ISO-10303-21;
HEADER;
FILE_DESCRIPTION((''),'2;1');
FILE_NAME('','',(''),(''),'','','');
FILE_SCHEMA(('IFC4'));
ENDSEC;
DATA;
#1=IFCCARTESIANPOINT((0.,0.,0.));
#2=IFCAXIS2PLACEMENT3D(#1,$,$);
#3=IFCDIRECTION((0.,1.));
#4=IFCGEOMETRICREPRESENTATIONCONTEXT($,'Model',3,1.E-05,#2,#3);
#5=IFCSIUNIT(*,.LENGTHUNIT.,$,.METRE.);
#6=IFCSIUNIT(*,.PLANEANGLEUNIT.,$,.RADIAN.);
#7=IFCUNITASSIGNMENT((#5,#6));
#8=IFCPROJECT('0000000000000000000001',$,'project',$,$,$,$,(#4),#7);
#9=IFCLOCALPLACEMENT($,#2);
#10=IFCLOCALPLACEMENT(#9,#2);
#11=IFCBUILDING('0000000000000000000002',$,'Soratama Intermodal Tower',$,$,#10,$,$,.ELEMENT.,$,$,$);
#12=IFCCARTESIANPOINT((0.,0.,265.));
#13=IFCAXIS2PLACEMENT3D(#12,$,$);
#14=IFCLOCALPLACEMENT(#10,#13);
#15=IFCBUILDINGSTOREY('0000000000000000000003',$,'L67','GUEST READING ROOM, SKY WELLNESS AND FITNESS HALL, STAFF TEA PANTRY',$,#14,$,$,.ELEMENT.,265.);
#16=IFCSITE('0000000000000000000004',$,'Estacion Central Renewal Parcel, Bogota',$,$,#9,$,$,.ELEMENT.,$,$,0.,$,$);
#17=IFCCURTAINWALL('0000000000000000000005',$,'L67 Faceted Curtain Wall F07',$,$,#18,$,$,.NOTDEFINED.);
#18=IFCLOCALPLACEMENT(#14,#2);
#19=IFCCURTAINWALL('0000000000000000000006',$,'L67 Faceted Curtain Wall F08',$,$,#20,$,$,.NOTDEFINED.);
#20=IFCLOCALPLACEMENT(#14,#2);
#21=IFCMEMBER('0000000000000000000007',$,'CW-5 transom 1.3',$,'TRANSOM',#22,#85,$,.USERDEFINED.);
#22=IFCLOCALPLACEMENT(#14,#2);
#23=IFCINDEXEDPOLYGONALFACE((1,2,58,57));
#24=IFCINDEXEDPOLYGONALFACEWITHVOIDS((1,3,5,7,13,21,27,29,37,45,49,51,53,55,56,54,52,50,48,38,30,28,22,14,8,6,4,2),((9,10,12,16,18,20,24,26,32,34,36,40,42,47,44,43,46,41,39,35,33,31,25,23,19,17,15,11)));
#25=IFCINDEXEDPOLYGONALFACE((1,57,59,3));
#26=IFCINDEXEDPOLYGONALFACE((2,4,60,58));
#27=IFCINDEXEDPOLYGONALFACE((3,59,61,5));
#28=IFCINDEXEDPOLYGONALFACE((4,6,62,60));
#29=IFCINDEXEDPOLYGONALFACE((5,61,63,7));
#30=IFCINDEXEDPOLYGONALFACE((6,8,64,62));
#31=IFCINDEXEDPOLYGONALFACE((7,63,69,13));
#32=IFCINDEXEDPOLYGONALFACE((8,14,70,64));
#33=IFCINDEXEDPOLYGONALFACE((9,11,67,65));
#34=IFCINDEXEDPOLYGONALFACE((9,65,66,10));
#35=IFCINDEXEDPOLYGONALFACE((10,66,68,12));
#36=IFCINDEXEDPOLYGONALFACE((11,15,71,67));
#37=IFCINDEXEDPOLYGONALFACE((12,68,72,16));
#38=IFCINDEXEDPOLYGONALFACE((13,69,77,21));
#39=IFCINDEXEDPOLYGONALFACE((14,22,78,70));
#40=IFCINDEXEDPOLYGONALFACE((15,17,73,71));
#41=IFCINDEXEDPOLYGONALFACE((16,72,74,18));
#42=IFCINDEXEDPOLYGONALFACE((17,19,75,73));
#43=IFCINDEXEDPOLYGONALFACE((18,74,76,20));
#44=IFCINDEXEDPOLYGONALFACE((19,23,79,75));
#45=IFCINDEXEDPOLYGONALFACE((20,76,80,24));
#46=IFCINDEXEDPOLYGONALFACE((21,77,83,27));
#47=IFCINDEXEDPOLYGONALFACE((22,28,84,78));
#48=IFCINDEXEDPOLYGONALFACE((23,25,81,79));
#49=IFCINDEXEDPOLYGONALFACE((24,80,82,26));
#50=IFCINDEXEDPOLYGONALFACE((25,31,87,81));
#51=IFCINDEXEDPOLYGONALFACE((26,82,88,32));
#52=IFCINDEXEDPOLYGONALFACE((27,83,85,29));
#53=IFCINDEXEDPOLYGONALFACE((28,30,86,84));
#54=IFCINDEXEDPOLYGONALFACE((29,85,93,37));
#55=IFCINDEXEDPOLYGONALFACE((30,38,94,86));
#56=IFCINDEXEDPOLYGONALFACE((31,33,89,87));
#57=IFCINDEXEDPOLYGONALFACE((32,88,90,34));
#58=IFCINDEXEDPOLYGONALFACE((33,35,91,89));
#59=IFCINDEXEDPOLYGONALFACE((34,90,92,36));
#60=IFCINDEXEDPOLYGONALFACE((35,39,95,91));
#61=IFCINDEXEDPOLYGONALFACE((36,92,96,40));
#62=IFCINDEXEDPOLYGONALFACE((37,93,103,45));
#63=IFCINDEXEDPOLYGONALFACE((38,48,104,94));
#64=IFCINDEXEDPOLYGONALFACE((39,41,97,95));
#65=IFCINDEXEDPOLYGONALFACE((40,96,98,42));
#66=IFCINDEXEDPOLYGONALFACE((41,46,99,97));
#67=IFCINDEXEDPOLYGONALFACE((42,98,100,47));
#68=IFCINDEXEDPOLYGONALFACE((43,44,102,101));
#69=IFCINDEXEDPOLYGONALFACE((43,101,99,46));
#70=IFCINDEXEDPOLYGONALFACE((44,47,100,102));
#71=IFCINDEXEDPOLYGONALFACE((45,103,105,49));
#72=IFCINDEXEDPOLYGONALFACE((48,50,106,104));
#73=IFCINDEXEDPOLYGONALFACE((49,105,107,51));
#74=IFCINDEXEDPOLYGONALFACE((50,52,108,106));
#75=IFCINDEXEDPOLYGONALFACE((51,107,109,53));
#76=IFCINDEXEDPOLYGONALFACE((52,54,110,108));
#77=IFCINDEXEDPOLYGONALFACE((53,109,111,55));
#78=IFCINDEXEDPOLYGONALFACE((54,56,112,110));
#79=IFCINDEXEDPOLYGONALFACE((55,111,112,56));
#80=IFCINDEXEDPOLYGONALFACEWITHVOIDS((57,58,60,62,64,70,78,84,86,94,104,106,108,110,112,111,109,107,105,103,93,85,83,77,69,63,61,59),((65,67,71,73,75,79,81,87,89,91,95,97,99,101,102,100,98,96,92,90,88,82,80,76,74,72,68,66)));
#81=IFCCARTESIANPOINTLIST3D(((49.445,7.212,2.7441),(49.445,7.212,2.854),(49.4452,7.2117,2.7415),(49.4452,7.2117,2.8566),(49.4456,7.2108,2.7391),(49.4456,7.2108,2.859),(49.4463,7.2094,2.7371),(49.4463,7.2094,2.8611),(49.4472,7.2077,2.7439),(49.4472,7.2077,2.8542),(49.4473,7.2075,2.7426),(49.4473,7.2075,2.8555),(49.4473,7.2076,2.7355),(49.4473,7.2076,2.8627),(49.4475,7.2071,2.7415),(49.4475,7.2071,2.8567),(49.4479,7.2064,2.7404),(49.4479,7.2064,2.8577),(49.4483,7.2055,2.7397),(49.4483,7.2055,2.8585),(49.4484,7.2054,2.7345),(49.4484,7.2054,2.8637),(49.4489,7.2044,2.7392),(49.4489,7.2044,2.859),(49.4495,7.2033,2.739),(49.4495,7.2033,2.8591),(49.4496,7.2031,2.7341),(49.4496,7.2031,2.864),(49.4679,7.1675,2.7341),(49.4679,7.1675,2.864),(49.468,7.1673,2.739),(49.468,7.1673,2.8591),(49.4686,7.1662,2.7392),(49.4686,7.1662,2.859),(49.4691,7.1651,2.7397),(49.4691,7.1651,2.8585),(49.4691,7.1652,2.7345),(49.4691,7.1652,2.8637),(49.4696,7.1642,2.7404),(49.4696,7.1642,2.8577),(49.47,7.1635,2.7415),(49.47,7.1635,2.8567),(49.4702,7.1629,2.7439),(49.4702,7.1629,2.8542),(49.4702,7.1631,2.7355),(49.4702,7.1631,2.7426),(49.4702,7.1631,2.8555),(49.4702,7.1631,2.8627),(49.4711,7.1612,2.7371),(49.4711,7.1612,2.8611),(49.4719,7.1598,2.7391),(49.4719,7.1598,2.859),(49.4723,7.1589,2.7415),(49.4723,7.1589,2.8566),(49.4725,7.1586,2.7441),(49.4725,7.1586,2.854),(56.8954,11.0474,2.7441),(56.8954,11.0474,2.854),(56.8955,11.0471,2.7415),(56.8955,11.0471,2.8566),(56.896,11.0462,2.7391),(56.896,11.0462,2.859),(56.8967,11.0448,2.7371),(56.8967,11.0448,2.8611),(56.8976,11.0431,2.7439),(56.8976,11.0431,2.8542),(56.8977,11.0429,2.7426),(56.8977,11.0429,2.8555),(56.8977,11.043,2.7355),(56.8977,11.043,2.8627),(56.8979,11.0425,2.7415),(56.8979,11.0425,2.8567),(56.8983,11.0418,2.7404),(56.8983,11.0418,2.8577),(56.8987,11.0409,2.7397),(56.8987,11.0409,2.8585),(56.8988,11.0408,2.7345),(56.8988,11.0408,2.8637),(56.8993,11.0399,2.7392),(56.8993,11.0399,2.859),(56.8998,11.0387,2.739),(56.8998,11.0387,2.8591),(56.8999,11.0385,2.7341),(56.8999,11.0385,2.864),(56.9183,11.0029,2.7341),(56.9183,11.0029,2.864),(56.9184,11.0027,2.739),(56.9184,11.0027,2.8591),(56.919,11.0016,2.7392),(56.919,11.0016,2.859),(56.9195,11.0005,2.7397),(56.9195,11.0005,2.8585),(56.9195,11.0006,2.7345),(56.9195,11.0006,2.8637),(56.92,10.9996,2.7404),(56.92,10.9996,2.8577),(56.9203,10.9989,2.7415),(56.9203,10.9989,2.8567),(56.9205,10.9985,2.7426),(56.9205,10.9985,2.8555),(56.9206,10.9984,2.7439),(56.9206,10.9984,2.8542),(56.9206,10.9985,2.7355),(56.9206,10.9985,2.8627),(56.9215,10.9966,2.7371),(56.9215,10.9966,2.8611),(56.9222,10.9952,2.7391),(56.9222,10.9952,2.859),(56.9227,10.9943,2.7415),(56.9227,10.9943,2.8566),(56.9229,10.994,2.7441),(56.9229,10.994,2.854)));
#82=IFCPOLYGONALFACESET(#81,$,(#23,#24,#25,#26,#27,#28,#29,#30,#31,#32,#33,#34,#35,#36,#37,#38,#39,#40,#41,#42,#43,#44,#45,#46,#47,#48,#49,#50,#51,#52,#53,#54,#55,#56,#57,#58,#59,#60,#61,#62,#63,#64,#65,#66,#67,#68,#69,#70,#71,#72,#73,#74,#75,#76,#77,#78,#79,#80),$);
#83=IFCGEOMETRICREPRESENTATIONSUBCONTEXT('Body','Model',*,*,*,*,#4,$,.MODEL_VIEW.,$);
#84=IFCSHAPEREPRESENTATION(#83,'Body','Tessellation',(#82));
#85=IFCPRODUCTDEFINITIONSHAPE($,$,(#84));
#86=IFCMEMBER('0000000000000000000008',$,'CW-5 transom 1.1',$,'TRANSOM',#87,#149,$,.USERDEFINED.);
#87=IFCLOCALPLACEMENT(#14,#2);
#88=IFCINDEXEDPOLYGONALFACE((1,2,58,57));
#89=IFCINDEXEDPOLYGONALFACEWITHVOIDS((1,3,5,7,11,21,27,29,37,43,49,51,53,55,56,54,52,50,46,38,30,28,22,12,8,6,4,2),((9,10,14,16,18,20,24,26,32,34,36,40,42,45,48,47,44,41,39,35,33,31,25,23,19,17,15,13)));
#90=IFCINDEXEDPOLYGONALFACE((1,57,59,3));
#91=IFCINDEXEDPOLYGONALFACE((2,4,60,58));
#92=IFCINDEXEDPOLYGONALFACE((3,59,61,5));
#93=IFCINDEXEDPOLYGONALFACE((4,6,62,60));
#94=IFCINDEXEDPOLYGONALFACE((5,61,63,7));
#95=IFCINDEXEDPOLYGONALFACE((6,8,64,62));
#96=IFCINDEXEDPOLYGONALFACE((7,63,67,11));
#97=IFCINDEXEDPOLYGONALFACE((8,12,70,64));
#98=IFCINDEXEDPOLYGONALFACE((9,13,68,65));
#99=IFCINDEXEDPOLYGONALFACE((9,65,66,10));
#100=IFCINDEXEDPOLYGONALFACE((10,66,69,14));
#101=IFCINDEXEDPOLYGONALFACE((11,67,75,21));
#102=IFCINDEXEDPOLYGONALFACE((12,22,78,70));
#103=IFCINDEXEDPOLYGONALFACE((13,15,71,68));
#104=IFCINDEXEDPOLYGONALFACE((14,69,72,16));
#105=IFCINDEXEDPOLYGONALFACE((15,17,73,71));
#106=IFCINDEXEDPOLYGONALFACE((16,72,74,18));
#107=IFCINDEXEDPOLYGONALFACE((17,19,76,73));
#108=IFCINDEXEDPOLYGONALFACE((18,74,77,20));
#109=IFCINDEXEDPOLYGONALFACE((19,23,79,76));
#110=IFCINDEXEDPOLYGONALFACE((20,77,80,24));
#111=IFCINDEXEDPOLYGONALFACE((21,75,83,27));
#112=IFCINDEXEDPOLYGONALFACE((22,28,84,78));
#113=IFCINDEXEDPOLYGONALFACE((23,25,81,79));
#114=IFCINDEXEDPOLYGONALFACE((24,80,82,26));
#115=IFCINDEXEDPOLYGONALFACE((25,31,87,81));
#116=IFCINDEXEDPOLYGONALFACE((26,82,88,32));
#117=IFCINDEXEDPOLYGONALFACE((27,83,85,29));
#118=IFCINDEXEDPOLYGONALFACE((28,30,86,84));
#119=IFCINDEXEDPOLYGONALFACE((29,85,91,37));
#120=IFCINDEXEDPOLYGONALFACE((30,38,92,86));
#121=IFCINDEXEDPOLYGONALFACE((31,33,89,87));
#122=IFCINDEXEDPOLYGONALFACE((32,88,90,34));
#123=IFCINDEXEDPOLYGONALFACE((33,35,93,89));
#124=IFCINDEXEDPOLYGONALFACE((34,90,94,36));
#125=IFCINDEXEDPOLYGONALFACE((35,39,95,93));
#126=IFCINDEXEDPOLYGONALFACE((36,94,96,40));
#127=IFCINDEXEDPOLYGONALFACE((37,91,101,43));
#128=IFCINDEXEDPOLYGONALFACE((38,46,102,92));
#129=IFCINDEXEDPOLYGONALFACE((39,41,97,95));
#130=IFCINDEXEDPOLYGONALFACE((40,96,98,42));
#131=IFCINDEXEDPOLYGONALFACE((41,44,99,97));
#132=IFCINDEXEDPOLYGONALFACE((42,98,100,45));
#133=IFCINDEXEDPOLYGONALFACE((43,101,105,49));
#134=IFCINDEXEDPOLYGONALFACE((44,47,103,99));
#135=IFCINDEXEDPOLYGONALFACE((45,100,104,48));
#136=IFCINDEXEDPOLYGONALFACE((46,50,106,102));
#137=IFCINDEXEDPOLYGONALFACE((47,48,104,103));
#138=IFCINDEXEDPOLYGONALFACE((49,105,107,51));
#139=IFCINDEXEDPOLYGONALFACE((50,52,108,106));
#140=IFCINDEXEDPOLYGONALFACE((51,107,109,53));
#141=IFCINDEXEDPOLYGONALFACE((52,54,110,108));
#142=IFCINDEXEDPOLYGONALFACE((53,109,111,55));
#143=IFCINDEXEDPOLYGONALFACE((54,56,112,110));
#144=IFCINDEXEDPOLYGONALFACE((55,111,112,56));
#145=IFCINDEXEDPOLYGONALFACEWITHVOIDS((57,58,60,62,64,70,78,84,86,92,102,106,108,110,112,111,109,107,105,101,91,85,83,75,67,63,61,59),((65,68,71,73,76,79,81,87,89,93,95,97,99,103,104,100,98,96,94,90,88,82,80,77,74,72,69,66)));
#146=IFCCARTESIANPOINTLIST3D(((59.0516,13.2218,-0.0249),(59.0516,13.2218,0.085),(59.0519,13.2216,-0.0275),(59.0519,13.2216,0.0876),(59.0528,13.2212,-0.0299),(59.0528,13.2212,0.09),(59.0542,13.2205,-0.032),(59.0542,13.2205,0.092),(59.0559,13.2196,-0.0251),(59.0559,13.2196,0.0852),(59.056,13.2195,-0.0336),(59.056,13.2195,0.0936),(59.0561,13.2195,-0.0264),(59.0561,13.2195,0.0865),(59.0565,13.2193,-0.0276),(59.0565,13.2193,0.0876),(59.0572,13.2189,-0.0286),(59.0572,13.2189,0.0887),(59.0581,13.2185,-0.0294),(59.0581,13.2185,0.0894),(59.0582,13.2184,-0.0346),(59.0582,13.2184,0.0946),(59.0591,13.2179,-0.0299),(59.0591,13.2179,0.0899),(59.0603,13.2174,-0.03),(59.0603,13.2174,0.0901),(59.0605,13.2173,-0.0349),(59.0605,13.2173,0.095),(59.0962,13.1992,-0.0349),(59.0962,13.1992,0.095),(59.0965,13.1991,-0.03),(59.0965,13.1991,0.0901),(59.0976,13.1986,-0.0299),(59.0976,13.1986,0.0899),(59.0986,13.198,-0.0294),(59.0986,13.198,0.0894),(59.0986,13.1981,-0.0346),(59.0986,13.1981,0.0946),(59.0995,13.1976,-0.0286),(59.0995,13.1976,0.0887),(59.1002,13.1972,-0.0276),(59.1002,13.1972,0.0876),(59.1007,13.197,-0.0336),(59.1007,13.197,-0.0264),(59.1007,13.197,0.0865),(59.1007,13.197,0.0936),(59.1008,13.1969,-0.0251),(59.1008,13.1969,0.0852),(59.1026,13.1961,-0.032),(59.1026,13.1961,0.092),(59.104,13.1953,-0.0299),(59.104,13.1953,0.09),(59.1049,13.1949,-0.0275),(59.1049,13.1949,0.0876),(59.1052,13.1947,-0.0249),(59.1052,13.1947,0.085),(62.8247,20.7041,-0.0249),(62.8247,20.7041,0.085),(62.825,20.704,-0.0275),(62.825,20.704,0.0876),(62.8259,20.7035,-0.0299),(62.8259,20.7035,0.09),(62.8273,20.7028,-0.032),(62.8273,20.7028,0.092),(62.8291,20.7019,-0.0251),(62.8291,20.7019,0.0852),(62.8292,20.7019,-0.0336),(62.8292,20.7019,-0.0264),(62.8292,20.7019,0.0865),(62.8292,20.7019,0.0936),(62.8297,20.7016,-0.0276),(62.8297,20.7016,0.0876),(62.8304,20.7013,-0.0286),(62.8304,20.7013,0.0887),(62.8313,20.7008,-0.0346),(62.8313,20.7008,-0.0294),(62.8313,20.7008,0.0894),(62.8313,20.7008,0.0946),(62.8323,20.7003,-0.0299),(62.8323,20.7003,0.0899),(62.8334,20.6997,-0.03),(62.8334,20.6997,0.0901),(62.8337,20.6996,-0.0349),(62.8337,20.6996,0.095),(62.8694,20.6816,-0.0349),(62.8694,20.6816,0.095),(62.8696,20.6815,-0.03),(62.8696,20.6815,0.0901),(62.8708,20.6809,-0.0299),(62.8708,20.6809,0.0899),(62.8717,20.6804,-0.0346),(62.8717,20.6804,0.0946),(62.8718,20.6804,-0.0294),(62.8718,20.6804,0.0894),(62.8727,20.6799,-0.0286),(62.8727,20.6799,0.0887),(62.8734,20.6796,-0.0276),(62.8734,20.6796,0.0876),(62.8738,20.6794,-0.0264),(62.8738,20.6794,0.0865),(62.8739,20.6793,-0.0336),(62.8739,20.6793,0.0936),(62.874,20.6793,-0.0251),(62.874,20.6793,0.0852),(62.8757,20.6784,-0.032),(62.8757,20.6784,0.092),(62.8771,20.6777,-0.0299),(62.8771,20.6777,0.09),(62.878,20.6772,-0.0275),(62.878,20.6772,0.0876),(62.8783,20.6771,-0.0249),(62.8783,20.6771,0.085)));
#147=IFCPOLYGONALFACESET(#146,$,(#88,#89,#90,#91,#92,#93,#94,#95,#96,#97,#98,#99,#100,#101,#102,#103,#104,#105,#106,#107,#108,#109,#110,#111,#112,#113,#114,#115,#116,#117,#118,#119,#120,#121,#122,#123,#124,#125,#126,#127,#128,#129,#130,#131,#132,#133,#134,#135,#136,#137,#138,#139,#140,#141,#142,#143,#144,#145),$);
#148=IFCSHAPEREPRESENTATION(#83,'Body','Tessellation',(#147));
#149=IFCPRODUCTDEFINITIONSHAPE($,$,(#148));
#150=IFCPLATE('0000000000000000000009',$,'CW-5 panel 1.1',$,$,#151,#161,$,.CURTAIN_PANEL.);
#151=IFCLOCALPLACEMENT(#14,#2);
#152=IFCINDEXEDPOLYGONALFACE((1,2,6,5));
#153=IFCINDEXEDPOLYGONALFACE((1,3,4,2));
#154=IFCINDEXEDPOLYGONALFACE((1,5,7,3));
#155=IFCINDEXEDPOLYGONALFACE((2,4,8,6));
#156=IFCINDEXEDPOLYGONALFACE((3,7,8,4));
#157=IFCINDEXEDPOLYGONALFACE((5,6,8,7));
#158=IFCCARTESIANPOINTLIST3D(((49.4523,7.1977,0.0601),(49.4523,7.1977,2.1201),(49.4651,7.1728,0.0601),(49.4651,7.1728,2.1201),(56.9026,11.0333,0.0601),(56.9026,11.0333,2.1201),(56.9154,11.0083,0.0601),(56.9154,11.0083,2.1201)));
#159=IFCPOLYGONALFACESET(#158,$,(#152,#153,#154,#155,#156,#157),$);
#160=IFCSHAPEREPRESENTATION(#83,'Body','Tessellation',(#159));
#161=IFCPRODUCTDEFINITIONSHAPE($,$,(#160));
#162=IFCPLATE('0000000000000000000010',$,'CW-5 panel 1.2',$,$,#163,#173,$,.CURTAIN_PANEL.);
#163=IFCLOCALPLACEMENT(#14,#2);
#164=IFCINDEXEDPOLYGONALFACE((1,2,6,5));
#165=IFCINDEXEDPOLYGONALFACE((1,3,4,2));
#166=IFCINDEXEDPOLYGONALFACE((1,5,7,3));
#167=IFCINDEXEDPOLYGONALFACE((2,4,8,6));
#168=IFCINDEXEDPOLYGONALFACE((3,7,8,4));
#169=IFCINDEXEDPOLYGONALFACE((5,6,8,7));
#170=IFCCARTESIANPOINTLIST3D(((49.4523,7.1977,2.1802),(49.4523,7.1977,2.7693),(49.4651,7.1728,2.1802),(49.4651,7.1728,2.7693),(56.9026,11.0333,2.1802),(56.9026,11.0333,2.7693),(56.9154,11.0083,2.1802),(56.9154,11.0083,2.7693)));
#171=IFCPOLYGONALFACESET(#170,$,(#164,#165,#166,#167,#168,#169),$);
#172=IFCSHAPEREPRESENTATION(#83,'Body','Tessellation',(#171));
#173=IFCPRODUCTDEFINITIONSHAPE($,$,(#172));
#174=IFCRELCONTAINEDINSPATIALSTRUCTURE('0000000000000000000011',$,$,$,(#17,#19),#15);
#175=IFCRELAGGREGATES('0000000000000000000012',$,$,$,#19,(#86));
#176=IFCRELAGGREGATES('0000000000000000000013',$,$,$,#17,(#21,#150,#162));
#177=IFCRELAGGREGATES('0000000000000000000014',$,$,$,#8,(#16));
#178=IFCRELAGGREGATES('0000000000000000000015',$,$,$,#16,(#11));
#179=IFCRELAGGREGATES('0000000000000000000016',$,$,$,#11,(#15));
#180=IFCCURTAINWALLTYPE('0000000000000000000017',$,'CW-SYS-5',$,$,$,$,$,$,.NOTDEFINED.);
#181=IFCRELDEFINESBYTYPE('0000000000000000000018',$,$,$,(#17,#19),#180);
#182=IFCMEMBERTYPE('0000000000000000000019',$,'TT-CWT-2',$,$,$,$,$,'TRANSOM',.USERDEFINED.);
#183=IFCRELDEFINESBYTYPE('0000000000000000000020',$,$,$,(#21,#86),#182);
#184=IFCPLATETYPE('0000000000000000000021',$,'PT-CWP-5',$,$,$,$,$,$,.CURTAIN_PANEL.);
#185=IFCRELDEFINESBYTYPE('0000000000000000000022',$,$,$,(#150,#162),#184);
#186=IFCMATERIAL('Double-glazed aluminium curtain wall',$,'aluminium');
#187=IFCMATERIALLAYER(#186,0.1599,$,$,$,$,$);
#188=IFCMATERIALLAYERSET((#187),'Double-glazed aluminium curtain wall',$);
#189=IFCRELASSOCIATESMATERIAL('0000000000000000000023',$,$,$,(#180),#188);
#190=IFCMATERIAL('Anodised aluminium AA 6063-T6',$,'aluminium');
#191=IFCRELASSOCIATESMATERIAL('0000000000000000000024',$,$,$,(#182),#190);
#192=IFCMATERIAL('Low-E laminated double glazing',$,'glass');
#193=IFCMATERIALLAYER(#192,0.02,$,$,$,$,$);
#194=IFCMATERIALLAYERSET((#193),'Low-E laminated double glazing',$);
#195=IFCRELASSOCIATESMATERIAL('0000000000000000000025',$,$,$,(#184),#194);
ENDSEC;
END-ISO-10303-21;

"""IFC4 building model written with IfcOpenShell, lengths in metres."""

from ifc_helpers import new_model, si_unit, direction, frame, origin, origin_2d, place, context, subcontext, project, spatial, rectangle, hollow_rectangle, extrude, material, layer, layer_set, material_profile, profile_set, type_object, element, aggregate, save


model = new_model("IFC4")

# Units and contexts
model_context = context("Model", 3, precision=1e-05, world=origin(), true_north=direction((0.0, 1.0)))
body_context = subcontext(model_context, "Body", "Model", "MODEL_VIEW")
ifc_project = project(units=[si_unit("LENGTHUNIT", "METRE"), si_unit("PLANEANGLEUNIT", "RADIAN")], contexts=[model_context])

# Site, building, storey
site_placement = place(None, origin())
site = spatial("IfcSite", under=ifc_project, at=site_placement, Name="Estacion Central Renewal Parcel, Bogota", CompositionType="ELEMENT", RefElevation=0.0)
building_placement = place(site_placement, origin())
building = spatial("IfcBuilding", under=site, at=building_placement, Name="Soratama Intermodal Tower", CompositionType="ELEMENT")
storey_placement = place(building_placement, frame((0.0, 0.0, 265.0)))
storey = spatial("IfcBuildingStorey", under=building, at=storey_placement, Name="L67", Description="GUEST READING ROOM, SKY WELLNESS AND FITNESS HALL, STAFF TEA PANTRY", CompositionType="ELEMENT", Elevation=265.0)

# Curtain walls
ifc_material_1 = material(Name="Double-glazed aluminium curtain wall", Category="aluminium")
ifc_layer_1 = layer(ifc_material_1, 0.1599)
ifc_layer_set_1 = layer_set([ifc_layer_1], Name="Double-glazed aluminium curtain wall")
curtain_wall_type = type_object("IfcCurtainWallType", Name="CW-SYS-5", PredefinedType="NOTDEFINED", material=ifc_layer_set_1)
curtain_wall_1_placement = place(storey_placement, origin())
curtain_wall_1 = element("IfcCurtainWall", 1, at=curtain_wall_1_placement, inside=storey, type_object=curtain_wall_type, Name="L67 Faceted Curtain Wall F07", PredefinedType="NOTDEFINED")
curtain_wall_2_placement = place(storey_placement, origin())
curtain_wall_2 = element("IfcCurtainWall", 2, at=curtain_wall_2_placement, inside=storey, type_object=curtain_wall_type, Name="L67 Faceted Curtain Wall F08", PredefinedType="NOTDEFINED")

# Members
ifc_material_2 = material(Name="Anodised aluminium AA 6063-T6", Category="aluminium")
ifc_material_profile_1 = material_profile(ifc_material_2, hollow_rectangle(XDim=0.0601, YDim=0.1299, WallThickness=0.0049, InnerFilletRadius=0.0049, OuterFilletRadius=0.01, at=origin_2d()), Name="CWT130X60X5")
ifc_profile_set_1 = profile_set([ifc_material_profile_1], Name="Anodised aluminium AA 6063-T6")
member_type_1 = type_object("IfcMemberType", Name="TT-CWT-2", ElementType="TRANSOM", PredefinedType="USERDEFINED", material=ifc_profile_set_1)
member_1_placement = place(storey_placement, frame((49.4587, 7.1853, 2.7991), z_axis=(0.889104, 0.457706, 0.0), x_axis=(-0.457706, 0.889104, 0.0)))
member_1 = element("IfcMember", 3, at=member_1_placement, type_object=member_type_1, Name="CW-5 transom 1.3", ObjectType="TRANSOM", PredefinedType="USERDEFINED", context=body_context, shape_type="SweptSolid", body=[
    extrude(hollow_rectangle(XDim=0.0601, YDim=0.1299, WallThickness=0.0049, InnerFilletRadius=0.0049, OuterFilletRadius=0.01, at=origin_2d()), origin(), (0.0, 0.0, 1.0), 8.3796),
])
member_2_placement = place(storey_placement, frame((59.0784, 13.2083, 0.03), z_axis=(0.450264, 0.892895, 0.0), x_axis=(-0.892895, 0.450264, 0.0)))
member_2 = element("IfcMember", 4, at=member_2_placement, type_object=member_type_1, Name="CW-5 transom 1.1", ObjectType="TRANSOM", PredefinedType="USERDEFINED", context=body_context, shape_type="SweptSolid", body=[
    extrude(hollow_rectangle(XDim=0.0601, YDim=0.1299, WallThickness=0.0049, InnerFilletRadius=0.0049, OuterFilletRadius=0.01, at=origin_2d()), origin(), (0.0, 0.0, 1.0), 8.3799),
])
aggregate(curtain_wall_2, [member_2])

# Plates
ifc_material_3 = material(Name="Low-E laminated double glazing", Category="glass")
ifc_layer_2 = layer(ifc_material_3, 0.02)
ifc_layer_set_2 = layer_set([ifc_layer_2], Name="Low-E laminated double glazing")
plate_type = type_object("IfcPlateType", Name="PT-CWP-5", PredefinedType="CURTAIN_PANEL", material=ifc_layer_set_2)
plate_1_placement = place(storey_placement, frame((53.1838, 9.103, 0.0601), z_axis=(0.0, 0.0, 1.0), x_axis=(0.889097, 0.457719, 0.0)))
plate_1 = element("IfcPlate", 5, at=plate_1_placement, type_object=plate_type, Name="CW-5 panel 1.1", PredefinedType="CURTAIN_PANEL", context=body_context, shape_type="SweptSolid", body=[
    extrude(rectangle(XDim=8.3796, YDim=0.0281, at=origin_2d()), origin(), (0.0, 0.0, 1.0), 2.0601),
])
plate_2_placement = place(storey_placement, frame((53.1838, 9.103, 2.1802), z_axis=(0.0, 0.0, 1.0), x_axis=(0.889097, 0.457719, 0.0)))
plate_2 = element("IfcPlate", 6, at=plate_2_placement, type_object=plate_type, Name="CW-5 panel 1.2", PredefinedType="CURTAIN_PANEL", context=body_context, shape_type="SweptSolid", body=[
    extrude(rectangle(XDim=8.3796, YDim=0.0281, at=origin_2d()), origin(), (0.0, 0.0, 1.0), 0.5891),
])
aggregate(curtain_wall_1, [member_1, plate_1, plate_2])

save(model, "model.ifc")
